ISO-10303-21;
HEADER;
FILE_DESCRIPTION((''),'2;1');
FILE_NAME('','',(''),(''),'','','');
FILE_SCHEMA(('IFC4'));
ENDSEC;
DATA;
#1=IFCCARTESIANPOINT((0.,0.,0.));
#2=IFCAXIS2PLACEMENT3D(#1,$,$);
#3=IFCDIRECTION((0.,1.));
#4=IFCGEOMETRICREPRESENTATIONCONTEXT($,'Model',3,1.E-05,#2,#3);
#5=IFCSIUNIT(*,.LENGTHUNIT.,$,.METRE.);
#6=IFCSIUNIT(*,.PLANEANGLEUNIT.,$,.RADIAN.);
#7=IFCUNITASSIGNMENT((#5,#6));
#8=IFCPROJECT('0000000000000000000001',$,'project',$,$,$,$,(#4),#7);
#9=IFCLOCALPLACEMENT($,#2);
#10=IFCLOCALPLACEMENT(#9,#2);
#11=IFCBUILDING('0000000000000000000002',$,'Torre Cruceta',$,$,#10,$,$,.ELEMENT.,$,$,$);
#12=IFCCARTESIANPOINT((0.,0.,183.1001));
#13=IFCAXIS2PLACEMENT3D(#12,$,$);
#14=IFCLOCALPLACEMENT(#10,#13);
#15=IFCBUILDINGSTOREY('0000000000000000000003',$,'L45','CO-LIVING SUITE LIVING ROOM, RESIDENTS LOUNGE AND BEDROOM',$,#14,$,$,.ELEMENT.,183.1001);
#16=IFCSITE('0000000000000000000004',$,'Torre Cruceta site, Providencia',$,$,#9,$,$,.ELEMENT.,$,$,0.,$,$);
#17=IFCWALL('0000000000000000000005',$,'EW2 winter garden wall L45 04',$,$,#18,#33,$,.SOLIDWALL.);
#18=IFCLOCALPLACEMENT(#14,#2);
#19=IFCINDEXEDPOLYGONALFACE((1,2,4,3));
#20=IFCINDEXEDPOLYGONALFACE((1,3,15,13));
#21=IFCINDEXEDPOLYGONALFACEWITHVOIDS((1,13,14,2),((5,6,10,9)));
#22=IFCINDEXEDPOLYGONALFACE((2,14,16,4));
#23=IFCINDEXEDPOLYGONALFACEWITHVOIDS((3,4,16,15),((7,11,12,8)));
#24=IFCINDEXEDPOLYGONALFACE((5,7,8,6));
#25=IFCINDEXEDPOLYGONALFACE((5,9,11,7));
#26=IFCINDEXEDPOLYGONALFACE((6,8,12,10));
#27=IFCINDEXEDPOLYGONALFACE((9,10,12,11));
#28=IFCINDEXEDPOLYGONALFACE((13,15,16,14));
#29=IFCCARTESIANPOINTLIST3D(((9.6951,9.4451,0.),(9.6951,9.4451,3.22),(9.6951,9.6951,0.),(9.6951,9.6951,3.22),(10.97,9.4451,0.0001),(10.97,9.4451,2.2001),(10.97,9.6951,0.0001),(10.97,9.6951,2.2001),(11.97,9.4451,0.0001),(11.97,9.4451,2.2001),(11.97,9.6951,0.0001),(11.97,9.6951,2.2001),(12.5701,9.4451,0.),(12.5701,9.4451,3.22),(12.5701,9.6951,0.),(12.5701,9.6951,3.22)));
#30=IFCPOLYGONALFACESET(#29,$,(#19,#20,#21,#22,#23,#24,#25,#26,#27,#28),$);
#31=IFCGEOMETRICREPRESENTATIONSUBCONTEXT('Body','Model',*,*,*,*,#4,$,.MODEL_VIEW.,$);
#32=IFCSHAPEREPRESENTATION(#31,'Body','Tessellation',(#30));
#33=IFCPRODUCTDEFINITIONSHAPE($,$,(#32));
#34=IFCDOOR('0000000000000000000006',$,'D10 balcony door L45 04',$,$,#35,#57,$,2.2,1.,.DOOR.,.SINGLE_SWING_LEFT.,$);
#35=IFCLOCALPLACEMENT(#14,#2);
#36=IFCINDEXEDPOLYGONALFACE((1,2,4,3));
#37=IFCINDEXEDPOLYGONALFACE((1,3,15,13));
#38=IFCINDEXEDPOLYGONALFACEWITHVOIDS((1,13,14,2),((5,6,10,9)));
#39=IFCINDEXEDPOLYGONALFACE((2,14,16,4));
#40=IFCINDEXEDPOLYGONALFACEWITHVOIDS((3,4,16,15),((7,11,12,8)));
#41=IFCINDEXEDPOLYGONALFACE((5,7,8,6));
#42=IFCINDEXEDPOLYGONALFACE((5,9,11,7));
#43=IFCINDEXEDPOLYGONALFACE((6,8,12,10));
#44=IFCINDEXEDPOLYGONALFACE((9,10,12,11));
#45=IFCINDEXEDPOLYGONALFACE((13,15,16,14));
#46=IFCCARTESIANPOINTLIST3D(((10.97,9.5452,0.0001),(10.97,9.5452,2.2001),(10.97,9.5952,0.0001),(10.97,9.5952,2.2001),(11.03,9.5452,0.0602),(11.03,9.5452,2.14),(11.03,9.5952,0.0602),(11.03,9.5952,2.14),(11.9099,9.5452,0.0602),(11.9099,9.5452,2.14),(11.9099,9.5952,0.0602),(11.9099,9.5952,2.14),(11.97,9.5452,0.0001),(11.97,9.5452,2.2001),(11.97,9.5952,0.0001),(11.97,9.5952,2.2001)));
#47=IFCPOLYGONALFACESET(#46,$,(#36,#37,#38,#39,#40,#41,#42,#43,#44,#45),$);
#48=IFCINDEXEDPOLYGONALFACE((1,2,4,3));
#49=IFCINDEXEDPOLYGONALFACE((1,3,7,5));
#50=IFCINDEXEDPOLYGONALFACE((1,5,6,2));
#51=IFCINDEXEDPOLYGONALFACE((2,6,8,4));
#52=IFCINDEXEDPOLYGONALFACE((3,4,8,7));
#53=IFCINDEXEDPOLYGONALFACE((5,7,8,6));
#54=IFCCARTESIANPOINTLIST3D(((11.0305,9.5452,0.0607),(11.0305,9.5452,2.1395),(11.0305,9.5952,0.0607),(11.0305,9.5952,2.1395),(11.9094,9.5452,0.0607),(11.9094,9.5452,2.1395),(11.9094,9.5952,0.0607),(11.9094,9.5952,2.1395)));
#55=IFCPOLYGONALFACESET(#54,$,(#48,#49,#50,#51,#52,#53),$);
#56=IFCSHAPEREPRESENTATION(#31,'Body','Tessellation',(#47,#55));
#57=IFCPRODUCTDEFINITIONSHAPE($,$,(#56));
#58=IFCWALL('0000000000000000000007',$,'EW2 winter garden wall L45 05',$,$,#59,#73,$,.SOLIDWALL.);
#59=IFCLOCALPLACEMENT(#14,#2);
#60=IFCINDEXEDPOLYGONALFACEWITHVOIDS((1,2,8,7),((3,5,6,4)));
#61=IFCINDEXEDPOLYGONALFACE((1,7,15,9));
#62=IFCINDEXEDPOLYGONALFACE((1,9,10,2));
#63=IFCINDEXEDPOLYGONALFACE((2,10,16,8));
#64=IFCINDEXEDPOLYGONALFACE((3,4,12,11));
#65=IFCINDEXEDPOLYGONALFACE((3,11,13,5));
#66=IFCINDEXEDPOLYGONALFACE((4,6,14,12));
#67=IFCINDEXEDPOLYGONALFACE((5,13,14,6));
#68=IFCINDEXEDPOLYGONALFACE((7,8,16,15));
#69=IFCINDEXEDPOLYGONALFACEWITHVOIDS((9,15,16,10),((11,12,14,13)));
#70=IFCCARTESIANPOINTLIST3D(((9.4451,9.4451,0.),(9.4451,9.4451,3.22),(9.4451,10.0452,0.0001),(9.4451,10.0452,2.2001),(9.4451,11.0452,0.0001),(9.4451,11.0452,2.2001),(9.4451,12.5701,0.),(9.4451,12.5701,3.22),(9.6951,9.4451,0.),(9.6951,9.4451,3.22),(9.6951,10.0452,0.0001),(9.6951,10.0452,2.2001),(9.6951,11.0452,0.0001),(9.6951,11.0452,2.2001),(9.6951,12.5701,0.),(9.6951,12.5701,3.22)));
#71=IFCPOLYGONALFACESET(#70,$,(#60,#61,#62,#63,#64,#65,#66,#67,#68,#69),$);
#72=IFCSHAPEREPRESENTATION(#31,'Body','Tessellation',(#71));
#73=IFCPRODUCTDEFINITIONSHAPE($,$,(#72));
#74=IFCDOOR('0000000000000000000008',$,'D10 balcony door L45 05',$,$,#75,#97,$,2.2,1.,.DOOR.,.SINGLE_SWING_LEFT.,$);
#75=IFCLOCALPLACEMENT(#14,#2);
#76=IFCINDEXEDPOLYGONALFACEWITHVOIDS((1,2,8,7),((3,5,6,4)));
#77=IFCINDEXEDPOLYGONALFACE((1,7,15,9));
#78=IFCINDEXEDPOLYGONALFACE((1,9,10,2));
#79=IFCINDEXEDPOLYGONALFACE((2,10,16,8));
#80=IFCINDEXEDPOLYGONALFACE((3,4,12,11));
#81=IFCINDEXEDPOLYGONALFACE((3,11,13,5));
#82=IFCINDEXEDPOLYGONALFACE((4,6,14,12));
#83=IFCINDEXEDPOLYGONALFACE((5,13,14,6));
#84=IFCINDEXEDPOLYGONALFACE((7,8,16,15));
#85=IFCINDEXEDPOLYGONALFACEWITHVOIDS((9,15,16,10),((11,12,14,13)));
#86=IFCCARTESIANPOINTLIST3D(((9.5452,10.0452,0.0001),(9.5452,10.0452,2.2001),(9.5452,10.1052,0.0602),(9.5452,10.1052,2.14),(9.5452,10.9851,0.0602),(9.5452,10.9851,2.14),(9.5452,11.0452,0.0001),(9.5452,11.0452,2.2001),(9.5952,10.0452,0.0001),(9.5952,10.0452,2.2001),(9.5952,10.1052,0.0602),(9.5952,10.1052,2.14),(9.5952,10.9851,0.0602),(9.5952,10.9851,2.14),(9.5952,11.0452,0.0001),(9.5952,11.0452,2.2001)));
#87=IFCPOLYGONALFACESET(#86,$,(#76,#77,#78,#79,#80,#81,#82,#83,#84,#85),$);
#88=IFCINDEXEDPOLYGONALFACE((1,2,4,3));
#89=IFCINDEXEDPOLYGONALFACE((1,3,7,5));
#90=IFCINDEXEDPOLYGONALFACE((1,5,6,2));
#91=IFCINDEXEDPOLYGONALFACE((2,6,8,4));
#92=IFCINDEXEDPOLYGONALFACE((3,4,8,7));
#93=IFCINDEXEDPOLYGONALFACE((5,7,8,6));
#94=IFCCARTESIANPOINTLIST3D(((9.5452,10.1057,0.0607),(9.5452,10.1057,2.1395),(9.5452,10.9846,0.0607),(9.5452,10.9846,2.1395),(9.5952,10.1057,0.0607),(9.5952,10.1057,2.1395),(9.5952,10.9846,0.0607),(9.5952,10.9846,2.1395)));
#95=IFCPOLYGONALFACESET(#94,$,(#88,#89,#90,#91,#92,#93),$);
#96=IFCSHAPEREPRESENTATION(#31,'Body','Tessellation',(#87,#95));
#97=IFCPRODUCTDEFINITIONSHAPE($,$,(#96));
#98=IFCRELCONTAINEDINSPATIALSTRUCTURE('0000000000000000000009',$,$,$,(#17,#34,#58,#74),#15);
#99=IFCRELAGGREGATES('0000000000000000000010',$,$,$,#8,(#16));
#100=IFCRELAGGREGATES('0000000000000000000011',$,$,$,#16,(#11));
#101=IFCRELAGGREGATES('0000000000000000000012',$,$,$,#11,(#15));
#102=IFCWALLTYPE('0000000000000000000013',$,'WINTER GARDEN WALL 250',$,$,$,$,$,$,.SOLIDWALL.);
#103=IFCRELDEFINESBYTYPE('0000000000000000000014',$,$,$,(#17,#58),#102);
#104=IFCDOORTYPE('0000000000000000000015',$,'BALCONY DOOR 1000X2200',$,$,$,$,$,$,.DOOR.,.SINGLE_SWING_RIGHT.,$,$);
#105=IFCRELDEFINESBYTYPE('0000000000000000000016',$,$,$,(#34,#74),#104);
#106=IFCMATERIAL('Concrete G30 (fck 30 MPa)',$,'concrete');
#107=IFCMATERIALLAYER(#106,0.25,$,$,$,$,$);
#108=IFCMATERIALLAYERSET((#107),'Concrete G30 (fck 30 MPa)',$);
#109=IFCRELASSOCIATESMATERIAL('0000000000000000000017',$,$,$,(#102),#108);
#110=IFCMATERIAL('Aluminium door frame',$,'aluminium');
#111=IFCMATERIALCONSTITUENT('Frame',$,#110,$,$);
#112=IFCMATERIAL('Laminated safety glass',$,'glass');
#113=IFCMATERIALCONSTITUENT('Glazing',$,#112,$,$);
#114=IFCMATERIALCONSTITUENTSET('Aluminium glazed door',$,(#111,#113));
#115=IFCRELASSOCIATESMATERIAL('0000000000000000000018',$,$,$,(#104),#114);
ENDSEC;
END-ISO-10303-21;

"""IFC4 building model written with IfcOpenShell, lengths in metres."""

from ifc_helpers import new_model, si_unit, direction, frame, frame_2d, origin, place, context, subcontext, project, spatial, rectangle, hollow_rectangle, extrude, material, layer, layer_set, constituent, constituent_set, type_object, element, fill, save


model = new_model("IFC4")

# Units and contexts
model_context = context("Model", 3, precision=1e-05, world=origin(), true_north=direction((0.0, 1.0)))
body_context = subcontext(model_context, "Body", "Model", "MODEL_VIEW")
ifc_project = project(units=[si_unit("LENGTHUNIT", "METRE"), si_unit("PLANEANGLEUNIT", "RADIAN")], contexts=[model_context])

# Site, building, storey
site_placement = place(None, origin())
site = spatial("IfcSite", under=ifc_project, at=site_placement, Name="Torre Cruceta site, Providencia", CompositionType="ELEMENT", RefElevation=0.0)
building_placement = place(site_placement, origin())
building = spatial("IfcBuilding", under=site, at=building_placement, Name="Torre Cruceta", CompositionType="ELEMENT")
storey_placement = place(building_placement, frame((0.0, 0.0, 183.1001)))
storey = spatial("IfcBuildingStorey", under=building, at=storey_placement, Name="L45", Description="CO-LIVING SUITE LIVING ROOM, RESIDENTS LOUNGE AND BEDROOM", CompositionType="ELEMENT", Elevation=183.1001)

# Walls, openings, doors
ifc_material_1 = material(Name="Concrete G30 (fck 30 MPa)", Category="concrete")
ifc_layer_1 = layer(ifc_material_1, 0.25)
ifc_layer_set_1 = layer_set([ifc_layer_1], Name="Concrete G30 (fck 30 MPa)")
wall_type_1 = type_object("IfcWallType", Name="WINTER GARDEN WALL 250", PredefinedType="SOLIDWALL", material=ifc_layer_set_1)
wall_1_placement = place(storey_placement, frame((12.5701, 9.5701, 0.0), z_axis=(0.0, 0.0, 1.0), x_axis=(-1.0, 0.0, 0.0)))
wall_1 = element("IfcWall", 1, at=wall_1_placement, inside=storey, type_object=wall_type_1, Name="EW2 winter garden wall L45 04", PredefinedType="SOLIDWALL", context=body_context, shape_type="SweptSolid", body=[
    extrude(rectangle(XDim=2.875, YDim=0.25, at=frame_2d((1.4375, 0.0))), origin(), (0.0, 0.0, 1.0), 3.22),
])
opening_1_placement = place(wall_1_placement, frame((0.6001, 0.0, 0.0)))
opening_1 = element("IfcOpeningElement", 2, at=opening_1_placement, cuts=wall_1, PredefinedType="OPENING", context=body_context, shape_type="SweptSolid", body=[
    extrude(rectangle(XDim=1.0, YDim=2.2, at=frame_2d((0.5, 1.1001))), frame((0.0, 0.135, 0.0), z_axis=(0.0, -1.0, 0.0), x_axis=(1.0, 0.0, 0.0)), (0.0, 0.0, 1.0), 0.27),
])
ifc_material_2 = material(Name="Aluminium door frame", Category="aluminium")
ifc_constituent_1 = constituent(ifc_material_2, Name="Frame")
ifc_material_3 = material(Name="Laminated safety glass", Category="glass")
ifc_constituent_2 = constituent(ifc_material_3, Name="Glazing")
ifc_constituent_set_1 = constituent_set(constituents=[ifc_constituent_1, ifc_constituent_2], Name="Aluminium glazed door")
door_type_1 = type_object("IfcDoorType", Name="BALCONY DOOR 1000X2200", OperationType="SINGLE_SWING_RIGHT", PredefinedType="DOOR", material=ifc_constituent_set_1)
door_1_placement = place(opening_1_placement, origin())
door_1 = element("IfcDoor", 3, at=door_1_placement, inside=storey, type_object=door_type_1, Name="D10 balcony door L45 04", OperationType="SINGLE_SWING_LEFT", OverallHeight=2.2, OverallWidth=1.0, PredefinedType="DOOR", context=body_context, shape_type="SweptSolid", body=[
    extrude(hollow_rectangle(XDim=1.0, YDim=2.2, WallThickness=0.0601, at=frame_2d((0.5, 1.1001))), frame((0.0, 0.0249, 0.0), z_axis=(0.0, -1.0, 0.0), x_axis=(1.0, 0.0, 0.0)), (0.0, 0.0, 1.0), 0.05),
    extrude(rectangle(XDim=0.8789, YDim=2.0789, at=frame_2d((0.5, 1.1001))), frame((0.0, 0.0249, 0.0), z_axis=(0.0, -1.0, 0.0), x_axis=(1.0, 0.0, 0.0)), (0.0, 0.0, 1.0), 0.05),
])
fill(opening_1, door_1)
wall_2_placement = place(storey_placement, frame((9.5701, 9.4451, 0.0), z_axis=(0.0, 0.0, 1.0), x_axis=(0.0, 1.0, 0.0)))
wall_2 = element("IfcWall", 4, at=wall_2_placement, inside=storey, type_object=wall_type_1, Name="EW2 winter garden wall L45 05", PredefinedType="SOLIDWALL", context=body_context, shape_type="SweptSolid", body=[
    extrude(rectangle(XDim=3.125, YDim=0.25, at=frame_2d((1.5625, 0.0))), origin(), (0.0, 0.0, 1.0), 3.22),
])
opening_2_placement = place(wall_2_placement, frame((0.6001, 0.0, 0.0)))
opening_2 = element("IfcOpeningElement", 5, at=opening_2_placement, cuts=wall_2, PredefinedType="OPENING", context=body_context, shape_type="SweptSolid", body=[
    extrude(rectangle(XDim=1.0, YDim=2.2, at=frame_2d((0.5, 1.1001))), frame((0.0, 0.135, 0.0), z_axis=(0.0, -1.0, 0.0), x_axis=(1.0, 0.0, 0.0)), (0.0, 0.0, 1.0), 0.27),
])
door_2_placement = place(opening_2_placement, origin())
door_2 = element("IfcDoor", 6, at=door_2_placement, inside=storey, type_object=door_type_1, Name="D10 balcony door L45 05", OperationType="SINGLE_SWING_LEFT", OverallHeight=2.2, OverallWidth=1.0, PredefinedType="DOOR", context=body_context, shape_type="SweptSolid", body=[
    extrude(hollow_rectangle(XDim=1.0, YDim=2.2, WallThickness=0.0601, at=frame_2d((0.5, 1.1001))), frame((0.0, 0.0249, 0.0), z_axis=(0.0, -1.0, 0.0), x_axis=(1.0, 0.0, 0.0)), (0.0, 0.0, 1.0), 0.05),
    extrude(rectangle(XDim=0.8789, YDim=2.0789, at=frame_2d((0.5, 1.1001))), frame((0.0, 0.0249, 0.0), z_axis=(0.0, -1.0, 0.0), x_axis=(1.0, 0.0, 0.0)), (0.0, 0.0, 1.0), 0.05),
])
fill(opening_2, door_2)

save(model, "model.ifc")
